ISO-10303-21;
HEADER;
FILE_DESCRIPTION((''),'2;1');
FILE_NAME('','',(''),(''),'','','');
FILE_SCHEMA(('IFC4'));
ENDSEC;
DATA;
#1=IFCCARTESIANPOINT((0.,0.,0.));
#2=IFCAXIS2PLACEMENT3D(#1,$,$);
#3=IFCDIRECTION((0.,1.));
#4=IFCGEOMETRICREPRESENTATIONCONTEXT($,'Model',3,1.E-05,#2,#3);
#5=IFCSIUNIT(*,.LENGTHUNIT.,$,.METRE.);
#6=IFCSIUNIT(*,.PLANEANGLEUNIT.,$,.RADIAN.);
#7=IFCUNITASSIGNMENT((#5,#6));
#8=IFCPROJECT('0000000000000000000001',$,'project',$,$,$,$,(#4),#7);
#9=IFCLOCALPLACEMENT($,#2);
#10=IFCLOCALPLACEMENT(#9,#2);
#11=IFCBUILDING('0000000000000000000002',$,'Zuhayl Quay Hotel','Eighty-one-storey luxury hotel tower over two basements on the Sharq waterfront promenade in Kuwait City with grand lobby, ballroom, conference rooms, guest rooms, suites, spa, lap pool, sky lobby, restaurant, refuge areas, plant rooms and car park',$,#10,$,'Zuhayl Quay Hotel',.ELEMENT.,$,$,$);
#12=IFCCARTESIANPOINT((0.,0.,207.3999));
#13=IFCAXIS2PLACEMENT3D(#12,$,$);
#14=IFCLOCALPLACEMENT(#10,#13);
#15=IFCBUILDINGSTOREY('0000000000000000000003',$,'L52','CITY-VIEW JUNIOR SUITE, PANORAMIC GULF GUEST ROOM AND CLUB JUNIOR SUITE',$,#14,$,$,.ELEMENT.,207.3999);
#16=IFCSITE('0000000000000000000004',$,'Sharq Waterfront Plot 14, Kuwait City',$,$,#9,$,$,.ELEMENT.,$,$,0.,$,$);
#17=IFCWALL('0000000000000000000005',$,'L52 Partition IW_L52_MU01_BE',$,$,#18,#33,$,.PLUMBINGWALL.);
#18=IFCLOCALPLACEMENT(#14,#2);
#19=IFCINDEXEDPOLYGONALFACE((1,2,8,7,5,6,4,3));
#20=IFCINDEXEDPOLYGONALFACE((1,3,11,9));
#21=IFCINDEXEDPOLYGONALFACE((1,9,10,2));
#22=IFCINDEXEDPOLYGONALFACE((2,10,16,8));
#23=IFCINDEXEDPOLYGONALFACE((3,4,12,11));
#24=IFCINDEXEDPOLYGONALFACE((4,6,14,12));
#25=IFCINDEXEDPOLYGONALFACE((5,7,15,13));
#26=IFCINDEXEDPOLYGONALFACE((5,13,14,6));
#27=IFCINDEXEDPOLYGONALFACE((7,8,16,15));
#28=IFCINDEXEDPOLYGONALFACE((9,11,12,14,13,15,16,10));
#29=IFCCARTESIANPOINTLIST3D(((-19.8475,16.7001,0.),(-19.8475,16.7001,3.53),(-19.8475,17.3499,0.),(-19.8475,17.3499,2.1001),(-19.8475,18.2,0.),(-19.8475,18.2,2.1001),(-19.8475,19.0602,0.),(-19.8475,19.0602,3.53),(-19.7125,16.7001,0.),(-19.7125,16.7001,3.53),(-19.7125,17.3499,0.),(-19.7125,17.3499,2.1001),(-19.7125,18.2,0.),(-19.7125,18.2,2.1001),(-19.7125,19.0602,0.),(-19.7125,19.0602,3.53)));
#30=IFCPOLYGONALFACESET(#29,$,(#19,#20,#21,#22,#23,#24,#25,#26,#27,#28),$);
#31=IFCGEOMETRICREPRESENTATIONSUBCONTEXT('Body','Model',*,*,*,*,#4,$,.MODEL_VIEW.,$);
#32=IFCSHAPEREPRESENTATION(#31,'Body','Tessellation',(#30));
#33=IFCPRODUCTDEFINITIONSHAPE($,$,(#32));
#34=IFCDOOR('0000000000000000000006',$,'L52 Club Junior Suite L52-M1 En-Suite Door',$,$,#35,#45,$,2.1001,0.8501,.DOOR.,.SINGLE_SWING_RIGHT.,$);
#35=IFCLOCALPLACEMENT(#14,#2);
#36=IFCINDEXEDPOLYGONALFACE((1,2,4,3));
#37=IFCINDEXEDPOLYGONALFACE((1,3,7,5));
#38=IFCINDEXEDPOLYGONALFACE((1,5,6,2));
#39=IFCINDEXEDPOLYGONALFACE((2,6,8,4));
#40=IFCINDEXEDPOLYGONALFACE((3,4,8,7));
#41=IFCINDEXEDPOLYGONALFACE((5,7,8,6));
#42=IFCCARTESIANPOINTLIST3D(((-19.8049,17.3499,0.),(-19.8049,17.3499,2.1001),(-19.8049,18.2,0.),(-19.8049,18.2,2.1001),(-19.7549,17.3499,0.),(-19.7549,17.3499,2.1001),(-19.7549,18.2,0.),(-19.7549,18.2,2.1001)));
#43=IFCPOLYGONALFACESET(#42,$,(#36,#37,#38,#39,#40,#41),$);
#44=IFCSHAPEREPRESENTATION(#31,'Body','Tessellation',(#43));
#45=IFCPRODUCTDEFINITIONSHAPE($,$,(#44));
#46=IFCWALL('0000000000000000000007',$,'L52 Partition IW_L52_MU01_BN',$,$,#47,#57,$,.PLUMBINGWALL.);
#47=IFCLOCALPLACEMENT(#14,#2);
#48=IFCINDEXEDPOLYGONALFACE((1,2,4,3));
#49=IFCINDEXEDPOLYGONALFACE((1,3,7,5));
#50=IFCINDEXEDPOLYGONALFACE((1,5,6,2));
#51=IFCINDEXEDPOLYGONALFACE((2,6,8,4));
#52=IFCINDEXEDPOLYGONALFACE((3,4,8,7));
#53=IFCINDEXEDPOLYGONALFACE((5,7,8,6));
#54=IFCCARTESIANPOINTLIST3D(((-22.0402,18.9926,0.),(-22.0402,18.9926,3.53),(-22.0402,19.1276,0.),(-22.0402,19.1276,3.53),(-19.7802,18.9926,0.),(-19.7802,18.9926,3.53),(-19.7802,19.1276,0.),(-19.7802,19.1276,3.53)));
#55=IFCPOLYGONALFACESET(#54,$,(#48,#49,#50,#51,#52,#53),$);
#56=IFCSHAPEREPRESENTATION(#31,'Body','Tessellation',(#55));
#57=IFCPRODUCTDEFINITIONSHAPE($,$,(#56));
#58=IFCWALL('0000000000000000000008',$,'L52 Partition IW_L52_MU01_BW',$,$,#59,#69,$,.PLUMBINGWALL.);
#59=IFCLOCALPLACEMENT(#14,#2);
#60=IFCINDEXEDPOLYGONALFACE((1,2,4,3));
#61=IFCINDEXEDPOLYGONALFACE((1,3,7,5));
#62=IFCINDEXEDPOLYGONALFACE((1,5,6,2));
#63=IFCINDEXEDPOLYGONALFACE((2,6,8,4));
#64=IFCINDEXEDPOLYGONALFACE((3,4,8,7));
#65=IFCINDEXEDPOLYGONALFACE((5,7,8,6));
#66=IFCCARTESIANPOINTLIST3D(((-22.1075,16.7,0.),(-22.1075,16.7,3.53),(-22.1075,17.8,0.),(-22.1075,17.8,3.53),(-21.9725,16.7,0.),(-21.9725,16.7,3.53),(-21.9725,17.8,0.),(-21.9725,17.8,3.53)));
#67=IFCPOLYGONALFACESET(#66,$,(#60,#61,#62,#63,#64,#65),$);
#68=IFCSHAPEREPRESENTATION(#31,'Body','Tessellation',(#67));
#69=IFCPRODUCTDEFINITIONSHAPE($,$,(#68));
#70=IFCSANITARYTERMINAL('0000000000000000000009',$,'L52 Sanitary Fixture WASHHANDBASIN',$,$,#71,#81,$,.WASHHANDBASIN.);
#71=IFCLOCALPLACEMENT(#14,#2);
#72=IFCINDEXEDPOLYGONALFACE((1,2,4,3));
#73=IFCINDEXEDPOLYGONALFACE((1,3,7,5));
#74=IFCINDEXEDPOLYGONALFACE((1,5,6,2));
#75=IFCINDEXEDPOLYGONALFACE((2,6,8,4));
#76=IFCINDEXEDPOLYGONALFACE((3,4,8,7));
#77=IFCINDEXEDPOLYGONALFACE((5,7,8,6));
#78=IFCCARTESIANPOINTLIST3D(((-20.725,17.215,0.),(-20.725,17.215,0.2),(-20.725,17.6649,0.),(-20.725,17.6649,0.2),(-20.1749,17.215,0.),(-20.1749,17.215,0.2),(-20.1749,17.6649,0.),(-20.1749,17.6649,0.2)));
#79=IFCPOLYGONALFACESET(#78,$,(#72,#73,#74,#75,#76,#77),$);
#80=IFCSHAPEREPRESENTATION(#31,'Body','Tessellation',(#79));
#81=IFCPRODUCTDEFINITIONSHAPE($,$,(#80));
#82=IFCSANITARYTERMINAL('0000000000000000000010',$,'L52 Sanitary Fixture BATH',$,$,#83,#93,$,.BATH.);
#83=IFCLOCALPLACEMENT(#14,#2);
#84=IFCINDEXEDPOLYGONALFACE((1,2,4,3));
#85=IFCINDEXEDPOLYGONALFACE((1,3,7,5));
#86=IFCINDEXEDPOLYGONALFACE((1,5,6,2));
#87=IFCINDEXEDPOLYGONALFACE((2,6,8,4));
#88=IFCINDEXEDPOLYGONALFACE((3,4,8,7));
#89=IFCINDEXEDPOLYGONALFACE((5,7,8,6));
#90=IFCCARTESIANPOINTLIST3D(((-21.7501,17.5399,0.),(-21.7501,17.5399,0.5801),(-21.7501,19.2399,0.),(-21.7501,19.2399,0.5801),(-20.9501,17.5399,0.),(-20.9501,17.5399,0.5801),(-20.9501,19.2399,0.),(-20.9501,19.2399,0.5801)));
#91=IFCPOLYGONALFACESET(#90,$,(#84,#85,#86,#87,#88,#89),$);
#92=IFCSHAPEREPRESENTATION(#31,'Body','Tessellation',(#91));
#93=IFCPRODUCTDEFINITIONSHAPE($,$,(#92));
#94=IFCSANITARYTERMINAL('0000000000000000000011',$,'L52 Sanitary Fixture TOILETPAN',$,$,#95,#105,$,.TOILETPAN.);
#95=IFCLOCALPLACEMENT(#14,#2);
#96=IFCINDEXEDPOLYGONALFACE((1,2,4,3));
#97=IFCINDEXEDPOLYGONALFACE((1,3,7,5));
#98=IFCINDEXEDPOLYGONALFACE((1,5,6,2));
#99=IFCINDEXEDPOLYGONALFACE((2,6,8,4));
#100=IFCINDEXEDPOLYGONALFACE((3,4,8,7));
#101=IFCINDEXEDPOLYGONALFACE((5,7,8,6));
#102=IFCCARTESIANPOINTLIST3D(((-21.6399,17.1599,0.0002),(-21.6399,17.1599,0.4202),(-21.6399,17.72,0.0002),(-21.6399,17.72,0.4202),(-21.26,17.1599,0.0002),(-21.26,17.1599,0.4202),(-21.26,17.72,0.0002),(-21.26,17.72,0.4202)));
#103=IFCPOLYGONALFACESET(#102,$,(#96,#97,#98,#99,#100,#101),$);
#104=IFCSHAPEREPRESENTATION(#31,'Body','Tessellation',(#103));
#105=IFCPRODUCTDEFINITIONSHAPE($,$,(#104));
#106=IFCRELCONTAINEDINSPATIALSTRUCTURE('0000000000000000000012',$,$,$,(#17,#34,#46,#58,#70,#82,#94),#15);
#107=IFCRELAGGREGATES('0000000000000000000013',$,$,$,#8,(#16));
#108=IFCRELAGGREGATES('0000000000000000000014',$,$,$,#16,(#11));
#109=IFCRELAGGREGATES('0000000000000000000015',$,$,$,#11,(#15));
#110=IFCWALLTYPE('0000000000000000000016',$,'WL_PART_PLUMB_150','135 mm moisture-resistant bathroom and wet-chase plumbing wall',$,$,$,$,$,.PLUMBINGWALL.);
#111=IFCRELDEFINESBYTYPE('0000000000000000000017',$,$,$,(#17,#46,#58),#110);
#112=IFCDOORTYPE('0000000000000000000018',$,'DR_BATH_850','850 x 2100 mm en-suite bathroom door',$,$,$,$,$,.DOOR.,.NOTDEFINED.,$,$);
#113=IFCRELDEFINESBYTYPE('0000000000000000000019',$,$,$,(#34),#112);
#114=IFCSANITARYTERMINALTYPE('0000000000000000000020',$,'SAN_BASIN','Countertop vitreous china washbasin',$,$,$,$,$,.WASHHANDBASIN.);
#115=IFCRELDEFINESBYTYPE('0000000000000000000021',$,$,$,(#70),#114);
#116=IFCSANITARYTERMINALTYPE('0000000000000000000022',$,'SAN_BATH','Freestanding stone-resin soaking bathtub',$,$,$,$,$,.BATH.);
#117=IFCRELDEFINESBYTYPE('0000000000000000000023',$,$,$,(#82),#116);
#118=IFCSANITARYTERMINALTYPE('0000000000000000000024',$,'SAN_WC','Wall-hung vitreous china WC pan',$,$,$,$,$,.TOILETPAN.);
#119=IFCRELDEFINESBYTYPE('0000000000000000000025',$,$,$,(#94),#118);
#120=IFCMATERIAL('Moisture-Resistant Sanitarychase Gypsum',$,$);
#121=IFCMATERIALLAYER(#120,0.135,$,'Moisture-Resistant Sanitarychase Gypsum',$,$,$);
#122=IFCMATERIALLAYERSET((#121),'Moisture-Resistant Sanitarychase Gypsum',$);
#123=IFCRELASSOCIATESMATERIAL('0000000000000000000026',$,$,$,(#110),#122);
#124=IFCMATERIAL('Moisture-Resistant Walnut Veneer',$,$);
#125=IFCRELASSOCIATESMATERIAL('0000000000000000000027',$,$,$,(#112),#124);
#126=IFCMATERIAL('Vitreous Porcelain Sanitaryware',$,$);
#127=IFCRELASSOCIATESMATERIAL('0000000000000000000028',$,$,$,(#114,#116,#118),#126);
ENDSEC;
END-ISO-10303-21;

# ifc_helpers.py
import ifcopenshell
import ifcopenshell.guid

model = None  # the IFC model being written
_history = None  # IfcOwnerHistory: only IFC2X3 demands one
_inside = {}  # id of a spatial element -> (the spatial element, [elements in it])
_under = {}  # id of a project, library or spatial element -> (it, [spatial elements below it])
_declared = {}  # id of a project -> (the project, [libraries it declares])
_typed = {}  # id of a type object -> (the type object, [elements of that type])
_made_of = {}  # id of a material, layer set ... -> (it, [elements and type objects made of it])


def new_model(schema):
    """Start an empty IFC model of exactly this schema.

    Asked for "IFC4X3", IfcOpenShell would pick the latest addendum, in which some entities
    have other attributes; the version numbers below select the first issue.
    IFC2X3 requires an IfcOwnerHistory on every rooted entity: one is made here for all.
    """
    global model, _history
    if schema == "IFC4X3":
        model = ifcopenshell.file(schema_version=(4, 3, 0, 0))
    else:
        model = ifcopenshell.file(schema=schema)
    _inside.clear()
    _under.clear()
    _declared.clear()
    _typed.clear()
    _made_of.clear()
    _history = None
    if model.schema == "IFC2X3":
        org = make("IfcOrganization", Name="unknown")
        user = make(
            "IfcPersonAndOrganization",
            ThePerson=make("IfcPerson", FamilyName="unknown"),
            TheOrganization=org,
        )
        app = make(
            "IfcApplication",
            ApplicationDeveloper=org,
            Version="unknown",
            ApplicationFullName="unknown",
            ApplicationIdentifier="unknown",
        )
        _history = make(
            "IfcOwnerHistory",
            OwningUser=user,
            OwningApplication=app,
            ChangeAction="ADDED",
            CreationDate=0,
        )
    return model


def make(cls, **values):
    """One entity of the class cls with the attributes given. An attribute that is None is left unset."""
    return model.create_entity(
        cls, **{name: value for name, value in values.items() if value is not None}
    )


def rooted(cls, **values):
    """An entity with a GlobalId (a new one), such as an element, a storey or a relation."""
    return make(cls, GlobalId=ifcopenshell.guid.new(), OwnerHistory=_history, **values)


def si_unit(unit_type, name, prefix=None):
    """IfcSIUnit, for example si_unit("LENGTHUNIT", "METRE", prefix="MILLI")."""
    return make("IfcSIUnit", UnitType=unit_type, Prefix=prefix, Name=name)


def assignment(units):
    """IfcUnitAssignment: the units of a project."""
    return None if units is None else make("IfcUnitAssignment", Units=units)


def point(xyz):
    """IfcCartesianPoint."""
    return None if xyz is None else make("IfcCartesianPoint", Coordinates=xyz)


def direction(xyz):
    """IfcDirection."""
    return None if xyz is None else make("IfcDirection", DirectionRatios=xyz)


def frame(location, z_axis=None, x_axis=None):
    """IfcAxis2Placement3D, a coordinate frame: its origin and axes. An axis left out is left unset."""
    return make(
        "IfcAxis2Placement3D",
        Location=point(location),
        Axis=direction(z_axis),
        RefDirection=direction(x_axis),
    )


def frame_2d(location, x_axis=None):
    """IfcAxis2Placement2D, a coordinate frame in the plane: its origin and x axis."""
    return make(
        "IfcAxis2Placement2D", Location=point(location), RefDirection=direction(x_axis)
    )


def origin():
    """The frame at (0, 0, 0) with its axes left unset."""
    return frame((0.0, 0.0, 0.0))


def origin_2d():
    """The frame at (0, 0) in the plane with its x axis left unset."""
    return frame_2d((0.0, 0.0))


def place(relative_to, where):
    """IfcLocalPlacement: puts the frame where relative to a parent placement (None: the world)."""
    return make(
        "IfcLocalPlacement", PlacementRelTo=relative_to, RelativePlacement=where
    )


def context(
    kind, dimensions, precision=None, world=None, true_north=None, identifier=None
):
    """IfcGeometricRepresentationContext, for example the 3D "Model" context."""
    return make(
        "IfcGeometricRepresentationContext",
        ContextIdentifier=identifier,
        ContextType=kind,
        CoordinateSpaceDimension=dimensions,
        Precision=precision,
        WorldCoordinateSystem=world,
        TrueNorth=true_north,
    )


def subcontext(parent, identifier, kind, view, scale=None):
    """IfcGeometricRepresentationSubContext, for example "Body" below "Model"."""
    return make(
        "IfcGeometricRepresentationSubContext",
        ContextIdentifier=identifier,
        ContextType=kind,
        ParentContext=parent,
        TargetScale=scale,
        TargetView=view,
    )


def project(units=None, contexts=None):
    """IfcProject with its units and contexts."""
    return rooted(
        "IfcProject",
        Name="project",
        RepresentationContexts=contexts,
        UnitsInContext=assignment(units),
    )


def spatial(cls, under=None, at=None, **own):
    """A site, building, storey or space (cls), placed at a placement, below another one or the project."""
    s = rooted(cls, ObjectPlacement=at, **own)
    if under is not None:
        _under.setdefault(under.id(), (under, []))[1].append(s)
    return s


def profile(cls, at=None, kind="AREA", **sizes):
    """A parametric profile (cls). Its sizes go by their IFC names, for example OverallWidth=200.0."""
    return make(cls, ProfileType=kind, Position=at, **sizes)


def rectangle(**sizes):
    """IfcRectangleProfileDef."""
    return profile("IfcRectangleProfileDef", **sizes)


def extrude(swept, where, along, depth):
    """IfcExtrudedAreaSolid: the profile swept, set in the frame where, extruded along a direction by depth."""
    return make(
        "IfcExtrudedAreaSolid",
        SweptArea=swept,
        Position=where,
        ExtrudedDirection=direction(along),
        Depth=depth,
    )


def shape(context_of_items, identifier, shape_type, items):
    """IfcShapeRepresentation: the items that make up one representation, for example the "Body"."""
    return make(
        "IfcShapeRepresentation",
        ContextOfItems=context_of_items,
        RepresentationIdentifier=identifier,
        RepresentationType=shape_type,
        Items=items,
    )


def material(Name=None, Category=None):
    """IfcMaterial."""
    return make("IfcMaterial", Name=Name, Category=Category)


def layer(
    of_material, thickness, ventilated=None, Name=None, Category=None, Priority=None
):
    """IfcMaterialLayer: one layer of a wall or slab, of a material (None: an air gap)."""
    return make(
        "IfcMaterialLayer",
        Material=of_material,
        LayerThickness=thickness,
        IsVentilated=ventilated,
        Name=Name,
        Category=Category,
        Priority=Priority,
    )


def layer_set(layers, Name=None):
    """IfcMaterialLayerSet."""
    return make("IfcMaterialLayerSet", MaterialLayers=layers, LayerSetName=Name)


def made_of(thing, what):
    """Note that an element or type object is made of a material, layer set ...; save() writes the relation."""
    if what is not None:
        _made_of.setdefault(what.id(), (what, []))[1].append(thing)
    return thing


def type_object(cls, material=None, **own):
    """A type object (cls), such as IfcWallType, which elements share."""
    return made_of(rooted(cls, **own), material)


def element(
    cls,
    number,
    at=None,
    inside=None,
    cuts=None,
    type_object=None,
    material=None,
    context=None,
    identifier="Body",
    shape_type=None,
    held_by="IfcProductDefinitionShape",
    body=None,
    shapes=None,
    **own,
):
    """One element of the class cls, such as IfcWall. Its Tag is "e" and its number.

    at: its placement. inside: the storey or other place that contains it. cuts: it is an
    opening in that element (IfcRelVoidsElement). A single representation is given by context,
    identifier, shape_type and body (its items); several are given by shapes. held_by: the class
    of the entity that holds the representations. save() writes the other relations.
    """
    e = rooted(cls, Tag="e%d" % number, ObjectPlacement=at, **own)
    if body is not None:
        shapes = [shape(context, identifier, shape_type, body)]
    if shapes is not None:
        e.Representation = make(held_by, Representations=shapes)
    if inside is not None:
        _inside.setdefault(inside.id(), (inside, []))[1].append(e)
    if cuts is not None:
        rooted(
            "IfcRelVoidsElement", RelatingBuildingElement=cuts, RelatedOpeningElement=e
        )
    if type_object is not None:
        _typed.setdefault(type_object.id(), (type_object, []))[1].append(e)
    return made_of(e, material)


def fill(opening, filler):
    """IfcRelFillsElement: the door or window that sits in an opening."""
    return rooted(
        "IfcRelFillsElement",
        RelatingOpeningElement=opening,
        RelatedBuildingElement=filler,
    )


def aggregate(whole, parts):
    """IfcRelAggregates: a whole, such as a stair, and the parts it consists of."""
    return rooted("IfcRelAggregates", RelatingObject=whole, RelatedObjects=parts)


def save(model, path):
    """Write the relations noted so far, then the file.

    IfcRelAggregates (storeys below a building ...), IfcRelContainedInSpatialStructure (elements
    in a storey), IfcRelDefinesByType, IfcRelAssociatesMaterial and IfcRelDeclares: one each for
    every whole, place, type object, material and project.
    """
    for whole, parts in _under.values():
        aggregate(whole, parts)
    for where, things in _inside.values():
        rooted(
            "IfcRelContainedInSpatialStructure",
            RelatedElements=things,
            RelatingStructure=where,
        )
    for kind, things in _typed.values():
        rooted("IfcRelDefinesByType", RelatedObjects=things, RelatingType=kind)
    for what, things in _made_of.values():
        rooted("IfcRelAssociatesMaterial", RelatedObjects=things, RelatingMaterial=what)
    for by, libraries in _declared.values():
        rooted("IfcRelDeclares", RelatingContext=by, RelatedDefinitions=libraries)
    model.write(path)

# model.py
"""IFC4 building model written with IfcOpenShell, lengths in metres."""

from ifc_helpers import new_model, si_unit, direction, frame, frame_2d, origin, origin_2d, place, context, subcontext, project, spatial, rectangle, extrude, material, layer, layer_set, type_object, element, fill, save


model = new_model("IFC4")

# Units and contexts
model_context = context("Model", 3, precision=1e-05, world=origin(), true_north=direction((0.0, 1.0)))
body_context = subcontext(model_context, "Body", "Model", "MODEL_VIEW")
ifc_project = project(units=[si_unit("LENGTHUNIT", "METRE"), si_unit("PLANEANGLEUNIT", "RADIAN")], contexts=[model_context])

# Site, building, storey
site_placement = place(None, origin())
site = spatial("IfcSite", under=ifc_project, at=site_placement, Name="Sharq Waterfront Plot 14, Kuwait City", CompositionType="ELEMENT", RefElevation=0.0)
building_placement = place(site_placement, origin())
building = spatial("IfcBuilding", under=site, at=building_placement, Name="Zuhayl Quay Hotel", Description="Eighty-one-storey luxury hotel tower over two basements on the Sharq waterfront promenade in Kuwait City with grand lobby, ballroom, conference rooms, guest rooms, suites, spa, lap pool, sky lobby, restaurant, refuge areas, plant rooms and car park", LongName="Zuhayl Quay Hotel", CompositionType="ELEMENT")
storey_placement = place(building_placement, frame((0.0, 0.0, 207.3999)))
storey = spatial("IfcBuildingStorey", under=building, at=storey_placement, Name="L52", Description="CITY-VIEW JUNIOR SUITE, PANORAMIC GULF GUEST ROOM AND CLUB JUNIOR SUITE", CompositionType="ELEMENT", Elevation=207.3999)

# Wall, opening, door
ifc_material_1 = material(Name="Moisture-Resistant Sanitarychase Gypsum")
ifc_layer_1 = layer(ifc_material_1, 0.135, Name="Moisture-Resistant Sanitarychase Gypsum")
ifc_layer_set_1 = layer_set([ifc_layer_1], Name="Moisture-Resistant Sanitarychase Gypsum")
wall_type_1 = type_object("IfcWallType", Name="WL_PART_PLUMB_150", Description="135 mm moisture-resistant bathroom and wet-chase plumbing wall", PredefinedType="PLUMBINGWALL", material=ifc_layer_set_1)
wall_1_placement = place(storey_placement, frame((-19.78, 16.7, 0.0), z_axis=(0.0, 0.0, 1.0), x_axis=(0.0, 1.0, 0.0)))
wall_1 = element("IfcWall", 1, at=wall_1_placement, inside=storey, type_object=wall_type_1, Name="L52 Partition IW_L52_MU01_BE", PredefinedType="PLUMBINGWALL", context=body_context, shape_type="SweptSolid", body=[
    extrude(rectangle(XDim=2.3601, YDim=0.135, at=frame_2d((1.1802, 0.0))), origin(), (0.0, 0.0, 1.0), 3.53),
])
opening_1_placement = place(wall_1_placement, frame((0.6499, 0.0, 0.0)))
opening_1 = element("IfcOpeningElement", 2, at=opening_1_placement, cuts=wall_1, PredefinedType="OPENING", context=body_context, shape_type="SweptSolid", body=[
    extrude(rectangle(XDim=0.8501, YDim=2.1001, at=frame_2d((0.425, 1.05))), frame((0.0, 0.0774, 0.0), z_axis=(0.0, -1.0, 0.0), x_axis=(1.0, 0.0, 0.0)), (0.0, 0.0, 1.0), 0.155),
])
ifc_material_2 = material(Name="Moisture-Resistant Walnut Veneer")
door_type_1 = type_object("IfcDoorType", Name="DR_BATH_850", Description="850 x 2100 mm en-suite bathroom door", OperationType="NOTDEFINED", PredefinedType="DOOR", material=ifc_material_2)
door_1_placement = place(opening_1_placement, origin())
door_1 = element("IfcDoor", 3, at=door_1_placement, inside=storey, type_object=door_type_1, Name="L52 Club Junior Suite L52-M1 En-Suite Door", OperationType="SINGLE_SWING_RIGHT", OverallHeight=2.1001, OverallWidth=0.8501, PredefinedType="DOOR", context=body_context, shape_type="SweptSolid", body=[
    extrude(rectangle(XDim=0.8501, YDim=2.1001, at=frame_2d((0.425, 1.05))), frame((0.0, 0.0249, 0.0), z_axis=(0.0, -1.0, 0.0), x_axis=(1.0, 0.0, 0.0)), (0.0, 0.0, 1.0), 0.05),
])
fill(opening_1, door_1)

# Walls
wall_2_placement = place(storey_placement, frame((-22.04, 19.0601, 0.0), z_axis=(0.0, 0.0, 1.0), x_axis=(1.0, 0.0, 0.0)))
element("IfcWall", 4, at=wall_2_placement, inside=storey, type_object=wall_type_1, Name="L52 Partition IW_L52_MU01_BN", PredefinedType="PLUMBINGWALL", context=body_context, shape_type="SweptSolid", body=[
    extrude(rectangle(XDim=2.26, YDim=0.135, at=frame_2d((1.1299, 0.0))), origin(), (0.0, 0.0, 1.0), 3.53),
])
wall_3_placement = place(storey_placement, frame((-22.04, 16.7, 0.0), z_axis=(0.0, 0.0, 1.0), x_axis=(0.0, 1.0, 0.0)))
element("IfcWall", 5, at=wall_3_placement, inside=storey, type_object=wall_type_1, Name="L52 Partition IW_L52_MU01_BW", PredefinedType="PLUMBINGWALL", context=body_context, shape_type="SweptSolid", body=[
    extrude(rectangle(XDim=1.1001, YDim=0.135, at=frame_2d((0.55, 0.0))), origin(), (0.0, 0.0, 1.0), 3.53),
])

# Sanitary terminals
ifc_material_3 = material(Name="Vitreous Porcelain Sanitaryware")
sanitary_terminal_type_1 = type_object("IfcSanitaryTerminalType", Name="SAN_BASIN", Description="Countertop vitreous china washbasin", PredefinedType="WASHHANDBASIN", material=ifc_material_3)
sanitary_terminal_1_placement = place(storey_placement, frame((-20.45, 17.4399, 0.0), z_axis=(0.0, 0.0, 1.0), x_axis=(1.0, 0.0, 0.0)))
element("IfcSanitaryTerminal", 6, at=sanitary_terminal_1_placement, inside=storey, type_object=sanitary_terminal_type_1, Name="L52 Sanitary Fixture WASHHANDBASIN", PredefinedType="WASHHANDBASIN", context=body_context, shape_type="SweptSolid", body=[
    extrude(rectangle(XDim=0.55, YDim=0.45, at=origin_2d()), origin(), (0.0, 0.0, 1.0), 0.2),
])
sanitary_terminal_type_2 = type_object("IfcSanitaryTerminalType", Name="SAN_BATH", Description="Freestanding stone-resin soaking bathtub", PredefinedType="BATH", material=ifc_material_3)
sanitary_terminal_2_placement = place(storey_placement, frame((-21.3501, 18.3899, 0.0), z_axis=(0.0, 0.0, 1.0), x_axis=(1.0, 0.0, 0.0)))
element("IfcSanitaryTerminal", 7, at=sanitary_terminal_2_placement, inside=storey, type_object=sanitary_terminal_type_2, Name="L52 Sanitary Fixture BATH", PredefinedType="BATH", context=body_context, shape_type="SweptSolid", body=[
    extrude(rectangle(XDim=0.8, YDim=1.7, at=origin_2d()), origin(), (0.0, 0.0, 1.0), 0.5801),
])
sanitary_terminal_type_3 = type_object("IfcSanitaryTerminalType", Name="SAN_WC", Description="Wall-hung vitreous china WC pan", PredefinedType="TOILETPAN", material=ifc_material_3)
sanitary_terminal_3_placement = place(storey_placement, frame((-21.45, 17.4399, 0.0002), z_axis=(0.0, 0.0, 1.0), x_axis=(1.0, 0.0, 0.0)))
element("IfcSanitaryTerminal", 8, at=sanitary_terminal_3_placement, inside=storey, type_object=sanitary_terminal_type_3, Name="L52 Sanitary Fixture TOILETPAN", PredefinedType="TOILETPAN", context=body_context, shape_type="SweptSolid", body=[
    extrude(rectangle(XDim=0.3799, YDim=0.5601, at=origin_2d()), origin(), (0.0, 0.0, 1.0), 0.4199),
])

save(model, "model.ifc")
